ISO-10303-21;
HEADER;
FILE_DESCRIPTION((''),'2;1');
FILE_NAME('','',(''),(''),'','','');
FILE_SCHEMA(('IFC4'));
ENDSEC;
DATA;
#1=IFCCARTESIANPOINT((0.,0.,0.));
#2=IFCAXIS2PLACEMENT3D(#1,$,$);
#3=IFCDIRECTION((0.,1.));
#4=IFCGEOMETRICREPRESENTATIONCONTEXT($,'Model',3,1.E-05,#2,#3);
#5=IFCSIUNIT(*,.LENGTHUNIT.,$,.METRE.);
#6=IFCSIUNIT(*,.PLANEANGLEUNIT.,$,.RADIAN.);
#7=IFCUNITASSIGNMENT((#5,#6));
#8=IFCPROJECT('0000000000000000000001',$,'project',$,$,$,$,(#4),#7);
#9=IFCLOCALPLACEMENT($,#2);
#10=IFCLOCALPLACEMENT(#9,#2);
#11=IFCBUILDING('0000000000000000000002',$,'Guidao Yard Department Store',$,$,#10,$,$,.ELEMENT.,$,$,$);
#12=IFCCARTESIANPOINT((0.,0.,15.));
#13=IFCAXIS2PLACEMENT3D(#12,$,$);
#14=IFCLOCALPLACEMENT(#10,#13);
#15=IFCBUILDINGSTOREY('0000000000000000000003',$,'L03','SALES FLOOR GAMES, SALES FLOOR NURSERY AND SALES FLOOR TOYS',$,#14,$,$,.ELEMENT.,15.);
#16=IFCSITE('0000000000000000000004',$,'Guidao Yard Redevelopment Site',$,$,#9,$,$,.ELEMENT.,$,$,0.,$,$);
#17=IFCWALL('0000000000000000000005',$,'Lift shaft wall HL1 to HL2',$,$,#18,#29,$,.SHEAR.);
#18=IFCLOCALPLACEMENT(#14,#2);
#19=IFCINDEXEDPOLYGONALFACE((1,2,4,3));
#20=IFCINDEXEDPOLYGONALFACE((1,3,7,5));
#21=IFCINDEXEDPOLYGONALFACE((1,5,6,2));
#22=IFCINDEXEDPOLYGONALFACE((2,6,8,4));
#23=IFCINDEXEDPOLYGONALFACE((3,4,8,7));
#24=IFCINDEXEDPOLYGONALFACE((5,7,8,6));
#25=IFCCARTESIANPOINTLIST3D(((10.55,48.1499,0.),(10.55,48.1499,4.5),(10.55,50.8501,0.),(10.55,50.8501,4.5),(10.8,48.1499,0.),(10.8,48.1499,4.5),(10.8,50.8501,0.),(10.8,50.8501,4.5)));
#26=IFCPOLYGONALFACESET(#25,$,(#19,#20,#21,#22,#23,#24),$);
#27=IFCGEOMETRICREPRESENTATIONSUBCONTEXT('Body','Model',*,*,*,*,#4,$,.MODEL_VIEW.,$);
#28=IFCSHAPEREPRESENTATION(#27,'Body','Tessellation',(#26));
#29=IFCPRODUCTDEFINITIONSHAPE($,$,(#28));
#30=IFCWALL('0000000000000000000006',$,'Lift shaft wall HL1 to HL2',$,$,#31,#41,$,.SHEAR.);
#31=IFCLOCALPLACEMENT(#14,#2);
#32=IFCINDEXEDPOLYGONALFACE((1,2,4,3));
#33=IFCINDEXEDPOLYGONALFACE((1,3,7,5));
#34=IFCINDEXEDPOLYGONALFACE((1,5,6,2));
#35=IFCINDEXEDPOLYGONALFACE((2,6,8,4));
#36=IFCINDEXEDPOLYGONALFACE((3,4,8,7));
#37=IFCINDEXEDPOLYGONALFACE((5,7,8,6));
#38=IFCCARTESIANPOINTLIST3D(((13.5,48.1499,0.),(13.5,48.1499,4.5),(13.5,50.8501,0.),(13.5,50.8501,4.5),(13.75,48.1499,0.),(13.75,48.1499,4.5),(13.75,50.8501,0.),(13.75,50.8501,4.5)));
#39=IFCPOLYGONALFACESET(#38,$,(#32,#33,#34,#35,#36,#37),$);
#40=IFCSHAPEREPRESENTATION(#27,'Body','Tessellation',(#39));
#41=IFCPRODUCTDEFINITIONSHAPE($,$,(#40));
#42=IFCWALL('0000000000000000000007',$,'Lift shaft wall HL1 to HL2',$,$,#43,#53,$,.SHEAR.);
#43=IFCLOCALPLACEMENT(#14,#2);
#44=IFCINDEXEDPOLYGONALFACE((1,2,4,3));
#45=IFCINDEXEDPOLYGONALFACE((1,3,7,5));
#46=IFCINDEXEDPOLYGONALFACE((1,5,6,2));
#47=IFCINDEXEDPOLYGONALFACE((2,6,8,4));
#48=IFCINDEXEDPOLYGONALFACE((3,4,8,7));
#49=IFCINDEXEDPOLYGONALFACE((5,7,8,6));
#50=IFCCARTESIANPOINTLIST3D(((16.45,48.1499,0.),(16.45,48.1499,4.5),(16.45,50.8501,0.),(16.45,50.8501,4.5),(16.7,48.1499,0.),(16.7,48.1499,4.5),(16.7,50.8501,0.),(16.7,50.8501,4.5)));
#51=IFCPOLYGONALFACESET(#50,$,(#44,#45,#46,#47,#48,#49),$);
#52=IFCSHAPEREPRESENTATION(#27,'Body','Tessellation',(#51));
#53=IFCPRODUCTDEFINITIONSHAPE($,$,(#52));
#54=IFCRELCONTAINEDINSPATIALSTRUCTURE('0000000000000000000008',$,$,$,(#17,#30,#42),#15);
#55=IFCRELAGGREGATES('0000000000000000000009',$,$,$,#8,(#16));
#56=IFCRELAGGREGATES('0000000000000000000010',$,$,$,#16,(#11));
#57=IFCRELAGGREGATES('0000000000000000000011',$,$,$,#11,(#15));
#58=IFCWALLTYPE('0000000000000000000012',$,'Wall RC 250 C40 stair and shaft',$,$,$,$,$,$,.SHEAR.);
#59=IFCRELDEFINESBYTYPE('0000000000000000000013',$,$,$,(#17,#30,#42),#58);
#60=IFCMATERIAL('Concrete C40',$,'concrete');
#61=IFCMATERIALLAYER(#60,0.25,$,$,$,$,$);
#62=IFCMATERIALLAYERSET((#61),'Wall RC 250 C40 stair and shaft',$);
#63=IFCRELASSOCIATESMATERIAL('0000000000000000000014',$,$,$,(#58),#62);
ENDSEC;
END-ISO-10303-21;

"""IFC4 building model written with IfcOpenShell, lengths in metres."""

from ifc_helpers import new_model, si_unit, direction, frame, frame_2d, origin, place, context, subcontext, project, spatial, rectangle, extrude, material, layer, layer_set, type_object, element, save


model = new_model("IFC4")

# Units and contexts
model_context = context("Model", 3, precision=1e-05, world=origin(), true_north=direction((0.0, 1.0)))
body_context = subcontext(model_context, "Body", "Model", "MODEL_VIEW")
ifc_project = project(units=[si_unit("LENGTHUNIT", "METRE"), si_unit("PLANEANGLEUNIT", "RADIAN")], contexts=[model_context])

# Site, building, storey
site_placement = place(None, origin())
site = spatial("IfcSite", under=ifc_project, at=site_placement, Name="Guidao Yard Redevelopment Site", CompositionType="ELEMENT", RefElevation=0.0)
building_placement = place(site_placement, origin())
building = spatial("IfcBuilding", under=site, at=building_placement, Name="Guidao Yard Department Store", CompositionType="ELEMENT")
storey_placement = place(building_placement, frame((0.0, 0.0, 15.0)))
storey = spatial("IfcBuildingStorey", under=building, at=storey_placement, Name="L03", Description="SALES FLOOR GAMES, SALES FLOOR NURSERY AND SALES FLOOR TOYS", CompositionType="ELEMENT", Elevation=15.0)

# Shared definitions
ifc_material_1 = material(Name="Concrete C40", Category="concrete")
ifc_layer_1 = layer(ifc_material_1, 0.25)
ifc_layer_set_1 = layer_set([ifc_layer_1], Name="Wall RC 250 C40 stair and shaft")
wall_type_1 = type_object("IfcWallType", Name="Wall RC 250 C40 stair and shaft", PredefinedType="SHEAR", material=ifc_layer_set_1)

# Walls
for number, where, z_axis, x_axis, name in (
    (1, (10.675, 48.1499, 0.0), (0.0, 0.0, 1.0), (0.0, 1.0, 0.0), "Lift shaft wall HL1 to HL2"),
    (2, (13.625, 48.1499, 0.0), (0.0, 0.0, 1.0), (0.0, 1.0, 0.0), "Lift shaft wall HL1 to HL2"),
    (3, (16.575, 48.1499, 0.0), (0.0, 0.0, 1.0), (0.0, 1.0, 0.0), "Lift shaft wall HL1 to HL2"),
):
    element("IfcWall", number, at=place(storey_placement, frame(where, z_axis=z_axis, x_axis=x_axis)), inside=storey, type_object=wall_type_1, Name=name, PredefinedType="SHEAR", context=body_context, shape_type="SweptSolid", body=[
        extrude(rectangle(XDim=2.7002, YDim=0.25, at=frame_2d((1.3501, 0.0))), origin(), (0.0, 0.0, 1.0), 4.5),
    ])

save(model, "model.ifc")
